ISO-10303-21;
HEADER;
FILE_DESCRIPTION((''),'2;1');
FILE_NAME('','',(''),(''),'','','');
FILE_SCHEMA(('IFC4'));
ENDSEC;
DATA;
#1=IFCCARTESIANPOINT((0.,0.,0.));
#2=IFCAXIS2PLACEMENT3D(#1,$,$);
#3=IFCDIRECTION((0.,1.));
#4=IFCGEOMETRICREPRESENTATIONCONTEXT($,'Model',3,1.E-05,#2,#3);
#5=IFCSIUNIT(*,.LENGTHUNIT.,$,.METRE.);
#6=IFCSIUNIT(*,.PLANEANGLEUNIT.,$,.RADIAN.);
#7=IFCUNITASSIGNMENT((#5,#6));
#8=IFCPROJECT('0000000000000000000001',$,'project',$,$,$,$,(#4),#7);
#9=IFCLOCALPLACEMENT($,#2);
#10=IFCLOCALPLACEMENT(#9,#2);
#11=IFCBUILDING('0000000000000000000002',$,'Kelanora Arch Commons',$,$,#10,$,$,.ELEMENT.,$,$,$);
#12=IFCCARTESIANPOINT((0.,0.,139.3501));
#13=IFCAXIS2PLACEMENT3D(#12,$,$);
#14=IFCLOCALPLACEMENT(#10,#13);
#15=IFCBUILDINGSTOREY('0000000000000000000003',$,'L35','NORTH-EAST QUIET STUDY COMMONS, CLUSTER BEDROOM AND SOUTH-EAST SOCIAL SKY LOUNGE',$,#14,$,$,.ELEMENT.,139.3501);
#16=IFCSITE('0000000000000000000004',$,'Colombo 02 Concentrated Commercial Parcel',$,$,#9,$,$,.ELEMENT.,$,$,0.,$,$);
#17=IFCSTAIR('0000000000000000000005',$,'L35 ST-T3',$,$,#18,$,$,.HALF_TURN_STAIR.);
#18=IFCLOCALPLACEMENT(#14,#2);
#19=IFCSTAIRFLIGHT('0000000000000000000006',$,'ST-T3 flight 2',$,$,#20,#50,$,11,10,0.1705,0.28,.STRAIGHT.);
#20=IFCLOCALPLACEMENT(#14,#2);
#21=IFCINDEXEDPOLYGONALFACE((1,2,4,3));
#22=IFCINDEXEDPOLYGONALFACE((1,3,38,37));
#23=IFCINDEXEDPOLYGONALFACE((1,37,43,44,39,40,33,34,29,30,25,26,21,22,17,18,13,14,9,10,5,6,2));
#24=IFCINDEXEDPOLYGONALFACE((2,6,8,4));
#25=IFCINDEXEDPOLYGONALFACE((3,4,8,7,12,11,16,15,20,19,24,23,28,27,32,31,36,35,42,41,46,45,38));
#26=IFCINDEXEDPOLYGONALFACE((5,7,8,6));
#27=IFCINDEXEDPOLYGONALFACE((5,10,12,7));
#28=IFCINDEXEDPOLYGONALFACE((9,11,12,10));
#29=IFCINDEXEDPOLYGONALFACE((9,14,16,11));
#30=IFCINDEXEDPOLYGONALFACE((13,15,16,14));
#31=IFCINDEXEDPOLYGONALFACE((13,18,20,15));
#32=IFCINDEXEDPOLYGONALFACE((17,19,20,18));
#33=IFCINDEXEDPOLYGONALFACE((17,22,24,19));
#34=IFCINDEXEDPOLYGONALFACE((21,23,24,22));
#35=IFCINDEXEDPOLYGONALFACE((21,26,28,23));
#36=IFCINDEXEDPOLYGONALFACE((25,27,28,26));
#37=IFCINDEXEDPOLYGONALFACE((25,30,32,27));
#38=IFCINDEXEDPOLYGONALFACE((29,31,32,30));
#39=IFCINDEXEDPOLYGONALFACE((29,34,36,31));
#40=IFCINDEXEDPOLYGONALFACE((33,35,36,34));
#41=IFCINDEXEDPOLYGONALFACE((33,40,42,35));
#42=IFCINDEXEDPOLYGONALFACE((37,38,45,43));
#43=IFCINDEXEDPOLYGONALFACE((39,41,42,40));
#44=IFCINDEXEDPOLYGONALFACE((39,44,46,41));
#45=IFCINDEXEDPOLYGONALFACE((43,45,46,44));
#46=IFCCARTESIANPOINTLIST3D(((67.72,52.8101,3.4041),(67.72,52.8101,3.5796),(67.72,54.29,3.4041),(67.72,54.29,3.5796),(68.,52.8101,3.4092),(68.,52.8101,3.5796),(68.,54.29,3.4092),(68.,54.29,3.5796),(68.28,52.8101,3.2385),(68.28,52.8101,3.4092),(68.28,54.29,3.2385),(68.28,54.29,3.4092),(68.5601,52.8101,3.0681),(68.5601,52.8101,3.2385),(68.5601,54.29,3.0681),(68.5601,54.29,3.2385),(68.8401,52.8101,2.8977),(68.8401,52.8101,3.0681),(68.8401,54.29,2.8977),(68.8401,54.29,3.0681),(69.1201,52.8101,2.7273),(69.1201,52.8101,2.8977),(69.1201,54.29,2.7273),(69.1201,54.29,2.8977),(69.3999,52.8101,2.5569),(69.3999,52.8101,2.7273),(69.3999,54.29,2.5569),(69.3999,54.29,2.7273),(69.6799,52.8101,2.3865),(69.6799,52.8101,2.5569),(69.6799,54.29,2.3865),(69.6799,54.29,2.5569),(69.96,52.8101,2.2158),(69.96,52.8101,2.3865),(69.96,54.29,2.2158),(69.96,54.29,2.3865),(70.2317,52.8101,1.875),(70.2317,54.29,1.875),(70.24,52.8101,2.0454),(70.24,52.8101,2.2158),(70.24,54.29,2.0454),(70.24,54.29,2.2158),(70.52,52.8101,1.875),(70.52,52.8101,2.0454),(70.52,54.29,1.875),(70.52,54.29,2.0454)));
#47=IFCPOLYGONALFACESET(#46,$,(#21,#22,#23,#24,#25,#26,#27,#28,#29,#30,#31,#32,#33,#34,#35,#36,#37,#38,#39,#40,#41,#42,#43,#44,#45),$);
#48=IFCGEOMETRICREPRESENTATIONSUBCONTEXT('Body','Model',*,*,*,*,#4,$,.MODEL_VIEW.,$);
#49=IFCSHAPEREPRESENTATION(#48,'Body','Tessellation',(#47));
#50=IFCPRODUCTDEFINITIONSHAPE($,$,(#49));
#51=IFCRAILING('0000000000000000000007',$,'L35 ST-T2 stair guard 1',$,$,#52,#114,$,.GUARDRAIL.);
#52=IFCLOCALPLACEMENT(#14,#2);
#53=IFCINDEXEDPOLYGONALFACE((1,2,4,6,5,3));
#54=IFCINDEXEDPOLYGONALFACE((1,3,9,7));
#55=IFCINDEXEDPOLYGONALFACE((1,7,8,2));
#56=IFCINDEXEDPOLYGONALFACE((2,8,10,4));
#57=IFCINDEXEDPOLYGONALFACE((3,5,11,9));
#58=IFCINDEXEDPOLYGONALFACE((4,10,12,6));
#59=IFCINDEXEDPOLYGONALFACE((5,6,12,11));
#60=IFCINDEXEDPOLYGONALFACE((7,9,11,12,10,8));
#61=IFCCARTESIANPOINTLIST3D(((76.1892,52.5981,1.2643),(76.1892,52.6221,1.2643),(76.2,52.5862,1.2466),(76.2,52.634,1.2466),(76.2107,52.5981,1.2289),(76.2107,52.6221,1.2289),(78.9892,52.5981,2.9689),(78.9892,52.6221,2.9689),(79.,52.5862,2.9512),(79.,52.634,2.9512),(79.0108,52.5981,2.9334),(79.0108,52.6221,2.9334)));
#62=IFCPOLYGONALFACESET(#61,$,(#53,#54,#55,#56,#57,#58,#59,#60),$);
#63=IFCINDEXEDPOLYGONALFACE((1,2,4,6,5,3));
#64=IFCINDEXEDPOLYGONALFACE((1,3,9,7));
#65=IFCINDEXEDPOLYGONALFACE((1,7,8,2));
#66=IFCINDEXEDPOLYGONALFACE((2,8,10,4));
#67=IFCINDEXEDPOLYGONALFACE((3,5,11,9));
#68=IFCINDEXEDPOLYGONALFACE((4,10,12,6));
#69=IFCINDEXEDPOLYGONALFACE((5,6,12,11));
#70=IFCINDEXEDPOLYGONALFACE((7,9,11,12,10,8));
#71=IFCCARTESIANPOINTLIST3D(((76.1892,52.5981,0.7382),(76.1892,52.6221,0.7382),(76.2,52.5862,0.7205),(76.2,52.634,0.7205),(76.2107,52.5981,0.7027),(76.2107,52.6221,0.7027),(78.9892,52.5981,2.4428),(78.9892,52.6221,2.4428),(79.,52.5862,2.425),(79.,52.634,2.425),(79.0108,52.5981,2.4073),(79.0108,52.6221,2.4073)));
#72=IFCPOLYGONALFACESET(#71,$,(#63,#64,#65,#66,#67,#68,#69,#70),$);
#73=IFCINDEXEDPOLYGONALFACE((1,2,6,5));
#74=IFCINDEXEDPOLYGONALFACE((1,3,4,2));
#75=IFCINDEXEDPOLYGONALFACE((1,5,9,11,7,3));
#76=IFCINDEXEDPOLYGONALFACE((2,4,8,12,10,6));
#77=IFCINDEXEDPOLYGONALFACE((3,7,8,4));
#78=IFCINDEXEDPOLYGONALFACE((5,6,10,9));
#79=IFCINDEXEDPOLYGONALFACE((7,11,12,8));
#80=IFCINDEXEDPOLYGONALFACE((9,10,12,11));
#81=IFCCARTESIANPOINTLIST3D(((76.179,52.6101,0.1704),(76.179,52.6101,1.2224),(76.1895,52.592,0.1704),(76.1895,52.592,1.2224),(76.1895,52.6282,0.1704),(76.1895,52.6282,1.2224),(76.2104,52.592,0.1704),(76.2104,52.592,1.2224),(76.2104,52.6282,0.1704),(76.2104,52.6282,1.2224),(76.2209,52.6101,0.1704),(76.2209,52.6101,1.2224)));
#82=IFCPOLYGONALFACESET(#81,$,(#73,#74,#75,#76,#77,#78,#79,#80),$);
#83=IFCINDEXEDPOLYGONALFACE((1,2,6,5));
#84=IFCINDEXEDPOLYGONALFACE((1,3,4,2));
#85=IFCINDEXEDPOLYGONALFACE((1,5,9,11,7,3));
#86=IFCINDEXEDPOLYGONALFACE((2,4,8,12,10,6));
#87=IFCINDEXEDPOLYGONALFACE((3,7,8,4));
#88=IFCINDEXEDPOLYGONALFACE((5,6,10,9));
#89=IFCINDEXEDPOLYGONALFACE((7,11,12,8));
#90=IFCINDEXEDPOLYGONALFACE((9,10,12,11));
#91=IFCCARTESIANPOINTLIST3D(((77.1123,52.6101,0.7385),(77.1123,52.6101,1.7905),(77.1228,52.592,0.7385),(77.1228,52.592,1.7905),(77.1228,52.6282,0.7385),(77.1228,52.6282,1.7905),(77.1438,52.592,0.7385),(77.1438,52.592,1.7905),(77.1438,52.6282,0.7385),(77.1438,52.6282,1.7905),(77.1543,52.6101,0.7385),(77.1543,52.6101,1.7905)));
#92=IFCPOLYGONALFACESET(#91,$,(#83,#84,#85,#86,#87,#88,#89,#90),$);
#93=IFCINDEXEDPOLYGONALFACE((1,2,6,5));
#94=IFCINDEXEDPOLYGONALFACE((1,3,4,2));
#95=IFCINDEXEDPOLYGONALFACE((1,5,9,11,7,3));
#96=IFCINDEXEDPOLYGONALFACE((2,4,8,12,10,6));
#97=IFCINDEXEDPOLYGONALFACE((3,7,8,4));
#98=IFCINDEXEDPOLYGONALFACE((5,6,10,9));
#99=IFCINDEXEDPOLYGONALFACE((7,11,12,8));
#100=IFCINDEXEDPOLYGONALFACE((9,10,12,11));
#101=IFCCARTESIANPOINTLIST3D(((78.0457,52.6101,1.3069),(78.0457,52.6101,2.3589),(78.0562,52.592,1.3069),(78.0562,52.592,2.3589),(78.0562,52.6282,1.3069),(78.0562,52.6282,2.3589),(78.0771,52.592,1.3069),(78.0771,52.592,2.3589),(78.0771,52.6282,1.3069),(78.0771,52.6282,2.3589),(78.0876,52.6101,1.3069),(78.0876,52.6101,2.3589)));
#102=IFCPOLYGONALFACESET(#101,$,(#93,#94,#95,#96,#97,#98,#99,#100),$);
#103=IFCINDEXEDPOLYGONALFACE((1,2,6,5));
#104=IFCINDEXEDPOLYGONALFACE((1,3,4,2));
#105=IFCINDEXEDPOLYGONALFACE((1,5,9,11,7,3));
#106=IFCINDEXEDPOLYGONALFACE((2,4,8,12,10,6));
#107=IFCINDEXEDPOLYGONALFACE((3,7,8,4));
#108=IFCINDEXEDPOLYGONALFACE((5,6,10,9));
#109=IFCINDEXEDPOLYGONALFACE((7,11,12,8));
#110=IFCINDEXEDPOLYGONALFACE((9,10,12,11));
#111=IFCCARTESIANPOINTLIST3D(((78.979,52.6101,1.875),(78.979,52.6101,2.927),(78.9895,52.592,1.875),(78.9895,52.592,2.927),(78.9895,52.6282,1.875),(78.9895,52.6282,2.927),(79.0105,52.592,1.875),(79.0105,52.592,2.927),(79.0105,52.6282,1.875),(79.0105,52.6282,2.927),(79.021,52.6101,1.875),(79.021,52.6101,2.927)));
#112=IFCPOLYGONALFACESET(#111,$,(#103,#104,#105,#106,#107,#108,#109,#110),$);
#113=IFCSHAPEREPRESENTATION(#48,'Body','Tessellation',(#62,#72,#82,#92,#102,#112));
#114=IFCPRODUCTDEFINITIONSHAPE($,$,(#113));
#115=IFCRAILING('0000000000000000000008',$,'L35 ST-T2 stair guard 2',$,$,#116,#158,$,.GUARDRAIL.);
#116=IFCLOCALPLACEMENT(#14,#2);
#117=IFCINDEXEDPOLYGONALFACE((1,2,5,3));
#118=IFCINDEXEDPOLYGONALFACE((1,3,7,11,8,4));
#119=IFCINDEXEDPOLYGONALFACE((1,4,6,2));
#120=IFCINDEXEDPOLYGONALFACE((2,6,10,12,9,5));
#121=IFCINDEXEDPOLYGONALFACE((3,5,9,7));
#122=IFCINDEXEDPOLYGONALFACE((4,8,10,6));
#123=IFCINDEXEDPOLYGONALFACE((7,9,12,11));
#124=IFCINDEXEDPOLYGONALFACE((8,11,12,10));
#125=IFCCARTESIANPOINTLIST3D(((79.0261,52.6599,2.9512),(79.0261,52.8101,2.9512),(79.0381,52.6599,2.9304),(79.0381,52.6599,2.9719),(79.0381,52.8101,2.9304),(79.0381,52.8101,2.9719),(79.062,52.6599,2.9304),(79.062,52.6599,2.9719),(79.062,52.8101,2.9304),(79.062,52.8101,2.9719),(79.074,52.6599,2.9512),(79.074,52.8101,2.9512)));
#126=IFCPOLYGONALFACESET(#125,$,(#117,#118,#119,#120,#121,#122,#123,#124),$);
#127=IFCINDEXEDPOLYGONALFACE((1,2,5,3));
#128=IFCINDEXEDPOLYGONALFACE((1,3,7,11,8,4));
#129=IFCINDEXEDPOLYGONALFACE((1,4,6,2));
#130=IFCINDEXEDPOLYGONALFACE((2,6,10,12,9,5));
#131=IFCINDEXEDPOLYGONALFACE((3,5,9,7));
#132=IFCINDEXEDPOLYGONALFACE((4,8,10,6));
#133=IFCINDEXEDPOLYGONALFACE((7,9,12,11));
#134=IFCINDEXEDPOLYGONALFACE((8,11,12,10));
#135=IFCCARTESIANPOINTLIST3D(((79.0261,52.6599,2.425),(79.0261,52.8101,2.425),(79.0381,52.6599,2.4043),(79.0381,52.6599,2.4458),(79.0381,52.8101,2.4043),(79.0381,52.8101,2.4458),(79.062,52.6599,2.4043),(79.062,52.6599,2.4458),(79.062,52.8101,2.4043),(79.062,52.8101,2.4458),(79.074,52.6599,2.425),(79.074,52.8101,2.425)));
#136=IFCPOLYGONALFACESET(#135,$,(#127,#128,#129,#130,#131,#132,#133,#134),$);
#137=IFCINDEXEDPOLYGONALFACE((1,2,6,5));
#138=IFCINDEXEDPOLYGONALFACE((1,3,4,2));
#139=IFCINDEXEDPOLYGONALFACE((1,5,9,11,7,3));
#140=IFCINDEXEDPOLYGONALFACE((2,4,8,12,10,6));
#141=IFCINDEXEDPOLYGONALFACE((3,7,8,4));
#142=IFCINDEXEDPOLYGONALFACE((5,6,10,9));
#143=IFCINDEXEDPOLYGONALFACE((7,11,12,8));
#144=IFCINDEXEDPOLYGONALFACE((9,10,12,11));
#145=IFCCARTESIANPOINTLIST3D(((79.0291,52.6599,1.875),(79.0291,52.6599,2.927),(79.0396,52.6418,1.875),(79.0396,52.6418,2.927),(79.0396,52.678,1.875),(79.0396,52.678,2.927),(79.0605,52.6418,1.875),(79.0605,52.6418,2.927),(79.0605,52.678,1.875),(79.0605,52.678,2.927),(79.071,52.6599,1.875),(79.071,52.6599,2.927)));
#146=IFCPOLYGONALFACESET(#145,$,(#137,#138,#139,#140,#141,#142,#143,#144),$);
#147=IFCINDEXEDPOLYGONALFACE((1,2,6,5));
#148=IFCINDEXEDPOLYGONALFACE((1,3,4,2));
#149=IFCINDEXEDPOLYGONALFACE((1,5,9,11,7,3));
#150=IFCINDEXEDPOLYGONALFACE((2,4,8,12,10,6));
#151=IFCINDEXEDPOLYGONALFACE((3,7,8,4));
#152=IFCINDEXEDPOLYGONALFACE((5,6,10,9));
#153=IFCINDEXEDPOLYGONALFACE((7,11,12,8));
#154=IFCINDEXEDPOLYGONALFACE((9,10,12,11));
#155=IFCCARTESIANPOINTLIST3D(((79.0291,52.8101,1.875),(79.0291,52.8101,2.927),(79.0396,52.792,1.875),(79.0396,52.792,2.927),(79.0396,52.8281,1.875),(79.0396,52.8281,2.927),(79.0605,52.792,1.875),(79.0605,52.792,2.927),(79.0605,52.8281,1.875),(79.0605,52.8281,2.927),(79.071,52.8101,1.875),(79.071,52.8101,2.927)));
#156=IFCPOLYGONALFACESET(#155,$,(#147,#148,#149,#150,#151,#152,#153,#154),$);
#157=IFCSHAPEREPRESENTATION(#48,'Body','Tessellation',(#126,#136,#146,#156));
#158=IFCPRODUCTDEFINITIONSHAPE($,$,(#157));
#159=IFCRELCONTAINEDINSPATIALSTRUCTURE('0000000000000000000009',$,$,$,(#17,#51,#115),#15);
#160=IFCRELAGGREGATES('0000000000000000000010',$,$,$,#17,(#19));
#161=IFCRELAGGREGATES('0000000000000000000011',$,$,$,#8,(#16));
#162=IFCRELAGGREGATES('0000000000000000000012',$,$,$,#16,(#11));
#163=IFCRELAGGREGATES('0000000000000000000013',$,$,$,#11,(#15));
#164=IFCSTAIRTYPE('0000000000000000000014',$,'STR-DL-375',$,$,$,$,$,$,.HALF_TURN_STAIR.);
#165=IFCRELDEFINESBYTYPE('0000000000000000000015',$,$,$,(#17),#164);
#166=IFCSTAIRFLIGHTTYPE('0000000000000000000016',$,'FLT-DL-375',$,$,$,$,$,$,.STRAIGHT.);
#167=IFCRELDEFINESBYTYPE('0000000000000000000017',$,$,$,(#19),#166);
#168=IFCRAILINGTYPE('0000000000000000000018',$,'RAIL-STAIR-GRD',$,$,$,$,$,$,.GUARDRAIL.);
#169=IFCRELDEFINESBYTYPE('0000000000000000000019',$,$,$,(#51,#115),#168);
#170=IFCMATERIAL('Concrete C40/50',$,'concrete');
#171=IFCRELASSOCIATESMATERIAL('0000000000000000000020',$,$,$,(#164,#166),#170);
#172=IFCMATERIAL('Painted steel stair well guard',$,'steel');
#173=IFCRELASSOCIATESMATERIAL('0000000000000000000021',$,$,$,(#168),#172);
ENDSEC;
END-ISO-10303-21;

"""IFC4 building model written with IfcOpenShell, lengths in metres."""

from ifc_helpers import new_model, si_unit, direction, frame, origin, place, context, subcontext, project, spatial, polyline, outline, extrude, material, type_object, element, aggregate, save


model = new_model("IFC4")

# Units and contexts
model_context = context("Model", 3, precision=1e-05, world=origin(), true_north=direction((0.0, 1.0)))
body_context = subcontext(model_context, "Body", "Model", "MODEL_VIEW")
ifc_project = project(units=[si_unit("LENGTHUNIT", "METRE"), si_unit("PLANEANGLEUNIT", "RADIAN")], contexts=[model_context])

# Site, building, storey
site_placement = place(None, origin())
site = spatial("IfcSite", under=ifc_project, at=site_placement, Name="Colombo 02 Concentrated Commercial Parcel", CompositionType="ELEMENT", RefElevation=0.0)
building_placement = place(site_placement, origin())
building = spatial("IfcBuilding", under=site, at=building_placement, Name="Kelanora Arch Commons", CompositionType="ELEMENT")
storey_placement = place(building_placement, frame((0.0, 0.0, 139.3501)))
storey = spatial("IfcBuildingStorey", under=building, at=storey_placement, Name="L35", Description="NORTH-EAST QUIET STUDY COMMONS, CLUSTER BEDROOM AND SOUTH-EAST SOCIAL SKY LOUNGE", CompositionType="ELEMENT", Elevation=139.3501)

# Shared definitions
ifc_material_1 = material(Name="Concrete C40/50", Category="concrete")

# Shared definitions
stair_type = type_object("IfcStairType", Name="STR-DL-375", PredefinedType="HALF_TURN_STAIR", material=ifc_material_1)
stair_flight_type = type_object("IfcStairFlightType", Name="FLT-DL-375", PredefinedType="STRAIGHT", material=ifc_material_1)

# Stair, stair flight
stair_1_placement = place(storey_placement, origin())
stair_1 = element("IfcStair", 1, at=stair_1_placement, inside=storey, type_object=stair_type, Name="L35 ST-T3", PredefinedType="HALF_TURN_STAIR")
stair_flight_1_placement = place(storey_placement, frame((70.52, 53.55, 1.875), z_axis=(0.0, 0.0, 1.0), x_axis=(-1.0, 0.0, 0.0)))
stair_flight_1 = element("IfcStairFlight", 2, at=stair_flight_1_placement, type_object=stair_flight_type, Name="ST-T3 flight 2", NumberOfRisers=11, NumberOfTreads=10, PredefinedType="STRAIGHT", RiserHeight=0.1705, TreadLength=0.28, context=body_context, shape_type="SweptSolid", body=[
    extrude(outline(polyline([(0.0, 0.0), (0.0, 0.1704), (0.28, 0.1704), (0.28, 0.3408), (0.5601, 0.3408), (0.5601, 0.5115), (0.8401, 0.5115), (0.8401, 0.6819), (1.1201, 0.6819), (1.1201, 0.8523), (1.3999, 0.8523), (1.3999, 1.0227), (1.6799, 1.0227), (1.6799, 1.1931), (1.96, 1.1931), (1.96, 1.3635), (2.24, 1.3635), (2.24, 1.5342), (2.52, 1.5342), (2.52, 1.7046), (2.8, 1.7046), (2.8, 1.875), (2.8, 1.5291), (0.2883, 0.0), (0.0, 0.0)])), frame((0.0, 0.74, 0.0), z_axis=(0.0, -1.0, 0.0), x_axis=(1.0, 0.0, 0.0)), (0.0, 0.0, 1.0), 1.48),
])
aggregate(stair_1, [stair_flight_1])

# Railings
ifc_material_2 = material(Name="Painted steel stair well guard", Category="steel")
railing_type_1 = type_object("IfcRailingType", Name="RAIL-STAIR-GRD", PredefinedType="GUARDRAIL", material=ifc_material_2)
railing_1_placement = place(storey_placement, frame((76.2, 52.6101, 0.1704)))
element("IfcRailing", 3, at=railing_1_placement, inside=storey, type_object=railing_type_1, Name="L35 ST-T2 stair guard 1", PredefinedType="GUARDRAIL", context=body_context, shape_type="SweptSolid", body=[
    extrude(outline(polyline([(0.0239, 0.0), (0.012, 0.0208), (-0.012, 0.0208), (-0.0239, 0.0), (-0.012, -0.0208), (0.012, -0.0208), (0.0239, 0.0)])), frame((0.0, 0.0, 1.0762), z_axis=(0.85417, 0.0, 0.519994), x_axis=(0.0, 1.0, 0.0)), (0.0, 0.0, 1.0), 3.2781),
    extrude(outline(polyline([(0.0239, 0.0), (0.012, 0.0208), (-0.012, 0.0208), (-0.0239, 0.0), (-0.012, -0.0208), (0.012, -0.0208), (0.0239, 0.0)])), frame((0.0, 0.0, 0.55), z_axis=(0.85417, 0.0, 0.519994), x_axis=(0.0, 1.0, 0.0)), (0.0, 0.0, 1.0), 3.2781),
    extrude(outline(polyline([(0.021, 0.0), (0.0105, 0.0181), (-0.0105, 0.0181), (-0.021, 0.0), (-0.0105, -0.0181), (0.0105, -0.0181), (0.021, 0.0)])), origin(), (0.0, 0.0, 1.0), 1.052),
    extrude(outline(polyline([(0.021, 0.0), (0.0105, 0.0181), (-0.0105, 0.0181), (-0.021, 0.0), (-0.0105, -0.0181), (0.0105, -0.0181), (0.021, 0.0)])), frame((0.9333, 0.0, 0.5681)), (0.0, 0.0, 1.0), 1.052),
    extrude(outline(polyline([(0.021, 0.0), (0.0105, 0.0181), (-0.0105, 0.0181), (-0.021, 0.0), (-0.0105, -0.0181), (0.0105, -0.0181), (0.021, 0.0)])), frame((1.8667, 0.0, 1.1365)), (0.0, 0.0, 1.0), 1.052),
    extrude(outline(polyline([(0.021, 0.0), (0.0105, 0.0181), (-0.0105, 0.0181), (-0.021, 0.0), (-0.0105, -0.0181), (0.0105, -0.0181), (0.021, 0.0)])), frame((2.8, 0.0, 1.7046)), (0.0, 0.0, 1.0), 1.052),
])
railing_2_placement = place(storey_placement, frame((79.05, 52.6599, 1.875)))
element("IfcRailing", 4, at=railing_2_placement, inside=storey, type_object=railing_type_1, Name="L35 ST-T2 stair guard 2", PredefinedType="GUARDRAIL", context=body_context, shape_type="SweptSolid", body=[
    extrude(outline(polyline([(0.0239, 0.0), (0.012, 0.0208), (-0.012, 0.0208), (-0.0239, 0.0), (-0.012, -0.0208), (0.012, -0.0208), (0.0239, 0.0)])), frame((0.0, 0.0, 1.0762), z_axis=(0.0, 1.0, 0.0), x_axis=(-1.0, 0.0, 0.0)), (0.0, 0.0, 1.0), 0.1501),
    extrude(outline(polyline([(0.0239, 0.0), (0.012, 0.0208), (-0.012, 0.0208), (-0.0239, 0.0), (-0.012, -0.0208), (0.012, -0.0208), (0.0239, 0.0)])), frame((0.0, 0.0, 0.55), z_axis=(0.0, 1.0, 0.0), x_axis=(-1.0, 0.0, 0.0)), (0.0, 0.0, 1.0), 0.1501),
    extrude(outline(polyline([(0.021, 0.0), (0.0105, 0.0181), (-0.0105, 0.0181), (-0.021, 0.0), (-0.0105, -0.0181), (0.0105, -0.0181), (0.021, 0.0)])), origin(), (0.0, 0.0, 1.0), 1.052),
    extrude(outline(polyline([(0.021, 0.0), (0.0105, 0.0181), (-0.0105, 0.0181), (-0.021, 0.0), (-0.0105, -0.0181), (0.0105, -0.0181), (0.021, 0.0)])), frame((0.0, 0.1501, 0.0)), (0.0, 0.0, 1.0), 1.052),
])

save(model, "model.ifc")
